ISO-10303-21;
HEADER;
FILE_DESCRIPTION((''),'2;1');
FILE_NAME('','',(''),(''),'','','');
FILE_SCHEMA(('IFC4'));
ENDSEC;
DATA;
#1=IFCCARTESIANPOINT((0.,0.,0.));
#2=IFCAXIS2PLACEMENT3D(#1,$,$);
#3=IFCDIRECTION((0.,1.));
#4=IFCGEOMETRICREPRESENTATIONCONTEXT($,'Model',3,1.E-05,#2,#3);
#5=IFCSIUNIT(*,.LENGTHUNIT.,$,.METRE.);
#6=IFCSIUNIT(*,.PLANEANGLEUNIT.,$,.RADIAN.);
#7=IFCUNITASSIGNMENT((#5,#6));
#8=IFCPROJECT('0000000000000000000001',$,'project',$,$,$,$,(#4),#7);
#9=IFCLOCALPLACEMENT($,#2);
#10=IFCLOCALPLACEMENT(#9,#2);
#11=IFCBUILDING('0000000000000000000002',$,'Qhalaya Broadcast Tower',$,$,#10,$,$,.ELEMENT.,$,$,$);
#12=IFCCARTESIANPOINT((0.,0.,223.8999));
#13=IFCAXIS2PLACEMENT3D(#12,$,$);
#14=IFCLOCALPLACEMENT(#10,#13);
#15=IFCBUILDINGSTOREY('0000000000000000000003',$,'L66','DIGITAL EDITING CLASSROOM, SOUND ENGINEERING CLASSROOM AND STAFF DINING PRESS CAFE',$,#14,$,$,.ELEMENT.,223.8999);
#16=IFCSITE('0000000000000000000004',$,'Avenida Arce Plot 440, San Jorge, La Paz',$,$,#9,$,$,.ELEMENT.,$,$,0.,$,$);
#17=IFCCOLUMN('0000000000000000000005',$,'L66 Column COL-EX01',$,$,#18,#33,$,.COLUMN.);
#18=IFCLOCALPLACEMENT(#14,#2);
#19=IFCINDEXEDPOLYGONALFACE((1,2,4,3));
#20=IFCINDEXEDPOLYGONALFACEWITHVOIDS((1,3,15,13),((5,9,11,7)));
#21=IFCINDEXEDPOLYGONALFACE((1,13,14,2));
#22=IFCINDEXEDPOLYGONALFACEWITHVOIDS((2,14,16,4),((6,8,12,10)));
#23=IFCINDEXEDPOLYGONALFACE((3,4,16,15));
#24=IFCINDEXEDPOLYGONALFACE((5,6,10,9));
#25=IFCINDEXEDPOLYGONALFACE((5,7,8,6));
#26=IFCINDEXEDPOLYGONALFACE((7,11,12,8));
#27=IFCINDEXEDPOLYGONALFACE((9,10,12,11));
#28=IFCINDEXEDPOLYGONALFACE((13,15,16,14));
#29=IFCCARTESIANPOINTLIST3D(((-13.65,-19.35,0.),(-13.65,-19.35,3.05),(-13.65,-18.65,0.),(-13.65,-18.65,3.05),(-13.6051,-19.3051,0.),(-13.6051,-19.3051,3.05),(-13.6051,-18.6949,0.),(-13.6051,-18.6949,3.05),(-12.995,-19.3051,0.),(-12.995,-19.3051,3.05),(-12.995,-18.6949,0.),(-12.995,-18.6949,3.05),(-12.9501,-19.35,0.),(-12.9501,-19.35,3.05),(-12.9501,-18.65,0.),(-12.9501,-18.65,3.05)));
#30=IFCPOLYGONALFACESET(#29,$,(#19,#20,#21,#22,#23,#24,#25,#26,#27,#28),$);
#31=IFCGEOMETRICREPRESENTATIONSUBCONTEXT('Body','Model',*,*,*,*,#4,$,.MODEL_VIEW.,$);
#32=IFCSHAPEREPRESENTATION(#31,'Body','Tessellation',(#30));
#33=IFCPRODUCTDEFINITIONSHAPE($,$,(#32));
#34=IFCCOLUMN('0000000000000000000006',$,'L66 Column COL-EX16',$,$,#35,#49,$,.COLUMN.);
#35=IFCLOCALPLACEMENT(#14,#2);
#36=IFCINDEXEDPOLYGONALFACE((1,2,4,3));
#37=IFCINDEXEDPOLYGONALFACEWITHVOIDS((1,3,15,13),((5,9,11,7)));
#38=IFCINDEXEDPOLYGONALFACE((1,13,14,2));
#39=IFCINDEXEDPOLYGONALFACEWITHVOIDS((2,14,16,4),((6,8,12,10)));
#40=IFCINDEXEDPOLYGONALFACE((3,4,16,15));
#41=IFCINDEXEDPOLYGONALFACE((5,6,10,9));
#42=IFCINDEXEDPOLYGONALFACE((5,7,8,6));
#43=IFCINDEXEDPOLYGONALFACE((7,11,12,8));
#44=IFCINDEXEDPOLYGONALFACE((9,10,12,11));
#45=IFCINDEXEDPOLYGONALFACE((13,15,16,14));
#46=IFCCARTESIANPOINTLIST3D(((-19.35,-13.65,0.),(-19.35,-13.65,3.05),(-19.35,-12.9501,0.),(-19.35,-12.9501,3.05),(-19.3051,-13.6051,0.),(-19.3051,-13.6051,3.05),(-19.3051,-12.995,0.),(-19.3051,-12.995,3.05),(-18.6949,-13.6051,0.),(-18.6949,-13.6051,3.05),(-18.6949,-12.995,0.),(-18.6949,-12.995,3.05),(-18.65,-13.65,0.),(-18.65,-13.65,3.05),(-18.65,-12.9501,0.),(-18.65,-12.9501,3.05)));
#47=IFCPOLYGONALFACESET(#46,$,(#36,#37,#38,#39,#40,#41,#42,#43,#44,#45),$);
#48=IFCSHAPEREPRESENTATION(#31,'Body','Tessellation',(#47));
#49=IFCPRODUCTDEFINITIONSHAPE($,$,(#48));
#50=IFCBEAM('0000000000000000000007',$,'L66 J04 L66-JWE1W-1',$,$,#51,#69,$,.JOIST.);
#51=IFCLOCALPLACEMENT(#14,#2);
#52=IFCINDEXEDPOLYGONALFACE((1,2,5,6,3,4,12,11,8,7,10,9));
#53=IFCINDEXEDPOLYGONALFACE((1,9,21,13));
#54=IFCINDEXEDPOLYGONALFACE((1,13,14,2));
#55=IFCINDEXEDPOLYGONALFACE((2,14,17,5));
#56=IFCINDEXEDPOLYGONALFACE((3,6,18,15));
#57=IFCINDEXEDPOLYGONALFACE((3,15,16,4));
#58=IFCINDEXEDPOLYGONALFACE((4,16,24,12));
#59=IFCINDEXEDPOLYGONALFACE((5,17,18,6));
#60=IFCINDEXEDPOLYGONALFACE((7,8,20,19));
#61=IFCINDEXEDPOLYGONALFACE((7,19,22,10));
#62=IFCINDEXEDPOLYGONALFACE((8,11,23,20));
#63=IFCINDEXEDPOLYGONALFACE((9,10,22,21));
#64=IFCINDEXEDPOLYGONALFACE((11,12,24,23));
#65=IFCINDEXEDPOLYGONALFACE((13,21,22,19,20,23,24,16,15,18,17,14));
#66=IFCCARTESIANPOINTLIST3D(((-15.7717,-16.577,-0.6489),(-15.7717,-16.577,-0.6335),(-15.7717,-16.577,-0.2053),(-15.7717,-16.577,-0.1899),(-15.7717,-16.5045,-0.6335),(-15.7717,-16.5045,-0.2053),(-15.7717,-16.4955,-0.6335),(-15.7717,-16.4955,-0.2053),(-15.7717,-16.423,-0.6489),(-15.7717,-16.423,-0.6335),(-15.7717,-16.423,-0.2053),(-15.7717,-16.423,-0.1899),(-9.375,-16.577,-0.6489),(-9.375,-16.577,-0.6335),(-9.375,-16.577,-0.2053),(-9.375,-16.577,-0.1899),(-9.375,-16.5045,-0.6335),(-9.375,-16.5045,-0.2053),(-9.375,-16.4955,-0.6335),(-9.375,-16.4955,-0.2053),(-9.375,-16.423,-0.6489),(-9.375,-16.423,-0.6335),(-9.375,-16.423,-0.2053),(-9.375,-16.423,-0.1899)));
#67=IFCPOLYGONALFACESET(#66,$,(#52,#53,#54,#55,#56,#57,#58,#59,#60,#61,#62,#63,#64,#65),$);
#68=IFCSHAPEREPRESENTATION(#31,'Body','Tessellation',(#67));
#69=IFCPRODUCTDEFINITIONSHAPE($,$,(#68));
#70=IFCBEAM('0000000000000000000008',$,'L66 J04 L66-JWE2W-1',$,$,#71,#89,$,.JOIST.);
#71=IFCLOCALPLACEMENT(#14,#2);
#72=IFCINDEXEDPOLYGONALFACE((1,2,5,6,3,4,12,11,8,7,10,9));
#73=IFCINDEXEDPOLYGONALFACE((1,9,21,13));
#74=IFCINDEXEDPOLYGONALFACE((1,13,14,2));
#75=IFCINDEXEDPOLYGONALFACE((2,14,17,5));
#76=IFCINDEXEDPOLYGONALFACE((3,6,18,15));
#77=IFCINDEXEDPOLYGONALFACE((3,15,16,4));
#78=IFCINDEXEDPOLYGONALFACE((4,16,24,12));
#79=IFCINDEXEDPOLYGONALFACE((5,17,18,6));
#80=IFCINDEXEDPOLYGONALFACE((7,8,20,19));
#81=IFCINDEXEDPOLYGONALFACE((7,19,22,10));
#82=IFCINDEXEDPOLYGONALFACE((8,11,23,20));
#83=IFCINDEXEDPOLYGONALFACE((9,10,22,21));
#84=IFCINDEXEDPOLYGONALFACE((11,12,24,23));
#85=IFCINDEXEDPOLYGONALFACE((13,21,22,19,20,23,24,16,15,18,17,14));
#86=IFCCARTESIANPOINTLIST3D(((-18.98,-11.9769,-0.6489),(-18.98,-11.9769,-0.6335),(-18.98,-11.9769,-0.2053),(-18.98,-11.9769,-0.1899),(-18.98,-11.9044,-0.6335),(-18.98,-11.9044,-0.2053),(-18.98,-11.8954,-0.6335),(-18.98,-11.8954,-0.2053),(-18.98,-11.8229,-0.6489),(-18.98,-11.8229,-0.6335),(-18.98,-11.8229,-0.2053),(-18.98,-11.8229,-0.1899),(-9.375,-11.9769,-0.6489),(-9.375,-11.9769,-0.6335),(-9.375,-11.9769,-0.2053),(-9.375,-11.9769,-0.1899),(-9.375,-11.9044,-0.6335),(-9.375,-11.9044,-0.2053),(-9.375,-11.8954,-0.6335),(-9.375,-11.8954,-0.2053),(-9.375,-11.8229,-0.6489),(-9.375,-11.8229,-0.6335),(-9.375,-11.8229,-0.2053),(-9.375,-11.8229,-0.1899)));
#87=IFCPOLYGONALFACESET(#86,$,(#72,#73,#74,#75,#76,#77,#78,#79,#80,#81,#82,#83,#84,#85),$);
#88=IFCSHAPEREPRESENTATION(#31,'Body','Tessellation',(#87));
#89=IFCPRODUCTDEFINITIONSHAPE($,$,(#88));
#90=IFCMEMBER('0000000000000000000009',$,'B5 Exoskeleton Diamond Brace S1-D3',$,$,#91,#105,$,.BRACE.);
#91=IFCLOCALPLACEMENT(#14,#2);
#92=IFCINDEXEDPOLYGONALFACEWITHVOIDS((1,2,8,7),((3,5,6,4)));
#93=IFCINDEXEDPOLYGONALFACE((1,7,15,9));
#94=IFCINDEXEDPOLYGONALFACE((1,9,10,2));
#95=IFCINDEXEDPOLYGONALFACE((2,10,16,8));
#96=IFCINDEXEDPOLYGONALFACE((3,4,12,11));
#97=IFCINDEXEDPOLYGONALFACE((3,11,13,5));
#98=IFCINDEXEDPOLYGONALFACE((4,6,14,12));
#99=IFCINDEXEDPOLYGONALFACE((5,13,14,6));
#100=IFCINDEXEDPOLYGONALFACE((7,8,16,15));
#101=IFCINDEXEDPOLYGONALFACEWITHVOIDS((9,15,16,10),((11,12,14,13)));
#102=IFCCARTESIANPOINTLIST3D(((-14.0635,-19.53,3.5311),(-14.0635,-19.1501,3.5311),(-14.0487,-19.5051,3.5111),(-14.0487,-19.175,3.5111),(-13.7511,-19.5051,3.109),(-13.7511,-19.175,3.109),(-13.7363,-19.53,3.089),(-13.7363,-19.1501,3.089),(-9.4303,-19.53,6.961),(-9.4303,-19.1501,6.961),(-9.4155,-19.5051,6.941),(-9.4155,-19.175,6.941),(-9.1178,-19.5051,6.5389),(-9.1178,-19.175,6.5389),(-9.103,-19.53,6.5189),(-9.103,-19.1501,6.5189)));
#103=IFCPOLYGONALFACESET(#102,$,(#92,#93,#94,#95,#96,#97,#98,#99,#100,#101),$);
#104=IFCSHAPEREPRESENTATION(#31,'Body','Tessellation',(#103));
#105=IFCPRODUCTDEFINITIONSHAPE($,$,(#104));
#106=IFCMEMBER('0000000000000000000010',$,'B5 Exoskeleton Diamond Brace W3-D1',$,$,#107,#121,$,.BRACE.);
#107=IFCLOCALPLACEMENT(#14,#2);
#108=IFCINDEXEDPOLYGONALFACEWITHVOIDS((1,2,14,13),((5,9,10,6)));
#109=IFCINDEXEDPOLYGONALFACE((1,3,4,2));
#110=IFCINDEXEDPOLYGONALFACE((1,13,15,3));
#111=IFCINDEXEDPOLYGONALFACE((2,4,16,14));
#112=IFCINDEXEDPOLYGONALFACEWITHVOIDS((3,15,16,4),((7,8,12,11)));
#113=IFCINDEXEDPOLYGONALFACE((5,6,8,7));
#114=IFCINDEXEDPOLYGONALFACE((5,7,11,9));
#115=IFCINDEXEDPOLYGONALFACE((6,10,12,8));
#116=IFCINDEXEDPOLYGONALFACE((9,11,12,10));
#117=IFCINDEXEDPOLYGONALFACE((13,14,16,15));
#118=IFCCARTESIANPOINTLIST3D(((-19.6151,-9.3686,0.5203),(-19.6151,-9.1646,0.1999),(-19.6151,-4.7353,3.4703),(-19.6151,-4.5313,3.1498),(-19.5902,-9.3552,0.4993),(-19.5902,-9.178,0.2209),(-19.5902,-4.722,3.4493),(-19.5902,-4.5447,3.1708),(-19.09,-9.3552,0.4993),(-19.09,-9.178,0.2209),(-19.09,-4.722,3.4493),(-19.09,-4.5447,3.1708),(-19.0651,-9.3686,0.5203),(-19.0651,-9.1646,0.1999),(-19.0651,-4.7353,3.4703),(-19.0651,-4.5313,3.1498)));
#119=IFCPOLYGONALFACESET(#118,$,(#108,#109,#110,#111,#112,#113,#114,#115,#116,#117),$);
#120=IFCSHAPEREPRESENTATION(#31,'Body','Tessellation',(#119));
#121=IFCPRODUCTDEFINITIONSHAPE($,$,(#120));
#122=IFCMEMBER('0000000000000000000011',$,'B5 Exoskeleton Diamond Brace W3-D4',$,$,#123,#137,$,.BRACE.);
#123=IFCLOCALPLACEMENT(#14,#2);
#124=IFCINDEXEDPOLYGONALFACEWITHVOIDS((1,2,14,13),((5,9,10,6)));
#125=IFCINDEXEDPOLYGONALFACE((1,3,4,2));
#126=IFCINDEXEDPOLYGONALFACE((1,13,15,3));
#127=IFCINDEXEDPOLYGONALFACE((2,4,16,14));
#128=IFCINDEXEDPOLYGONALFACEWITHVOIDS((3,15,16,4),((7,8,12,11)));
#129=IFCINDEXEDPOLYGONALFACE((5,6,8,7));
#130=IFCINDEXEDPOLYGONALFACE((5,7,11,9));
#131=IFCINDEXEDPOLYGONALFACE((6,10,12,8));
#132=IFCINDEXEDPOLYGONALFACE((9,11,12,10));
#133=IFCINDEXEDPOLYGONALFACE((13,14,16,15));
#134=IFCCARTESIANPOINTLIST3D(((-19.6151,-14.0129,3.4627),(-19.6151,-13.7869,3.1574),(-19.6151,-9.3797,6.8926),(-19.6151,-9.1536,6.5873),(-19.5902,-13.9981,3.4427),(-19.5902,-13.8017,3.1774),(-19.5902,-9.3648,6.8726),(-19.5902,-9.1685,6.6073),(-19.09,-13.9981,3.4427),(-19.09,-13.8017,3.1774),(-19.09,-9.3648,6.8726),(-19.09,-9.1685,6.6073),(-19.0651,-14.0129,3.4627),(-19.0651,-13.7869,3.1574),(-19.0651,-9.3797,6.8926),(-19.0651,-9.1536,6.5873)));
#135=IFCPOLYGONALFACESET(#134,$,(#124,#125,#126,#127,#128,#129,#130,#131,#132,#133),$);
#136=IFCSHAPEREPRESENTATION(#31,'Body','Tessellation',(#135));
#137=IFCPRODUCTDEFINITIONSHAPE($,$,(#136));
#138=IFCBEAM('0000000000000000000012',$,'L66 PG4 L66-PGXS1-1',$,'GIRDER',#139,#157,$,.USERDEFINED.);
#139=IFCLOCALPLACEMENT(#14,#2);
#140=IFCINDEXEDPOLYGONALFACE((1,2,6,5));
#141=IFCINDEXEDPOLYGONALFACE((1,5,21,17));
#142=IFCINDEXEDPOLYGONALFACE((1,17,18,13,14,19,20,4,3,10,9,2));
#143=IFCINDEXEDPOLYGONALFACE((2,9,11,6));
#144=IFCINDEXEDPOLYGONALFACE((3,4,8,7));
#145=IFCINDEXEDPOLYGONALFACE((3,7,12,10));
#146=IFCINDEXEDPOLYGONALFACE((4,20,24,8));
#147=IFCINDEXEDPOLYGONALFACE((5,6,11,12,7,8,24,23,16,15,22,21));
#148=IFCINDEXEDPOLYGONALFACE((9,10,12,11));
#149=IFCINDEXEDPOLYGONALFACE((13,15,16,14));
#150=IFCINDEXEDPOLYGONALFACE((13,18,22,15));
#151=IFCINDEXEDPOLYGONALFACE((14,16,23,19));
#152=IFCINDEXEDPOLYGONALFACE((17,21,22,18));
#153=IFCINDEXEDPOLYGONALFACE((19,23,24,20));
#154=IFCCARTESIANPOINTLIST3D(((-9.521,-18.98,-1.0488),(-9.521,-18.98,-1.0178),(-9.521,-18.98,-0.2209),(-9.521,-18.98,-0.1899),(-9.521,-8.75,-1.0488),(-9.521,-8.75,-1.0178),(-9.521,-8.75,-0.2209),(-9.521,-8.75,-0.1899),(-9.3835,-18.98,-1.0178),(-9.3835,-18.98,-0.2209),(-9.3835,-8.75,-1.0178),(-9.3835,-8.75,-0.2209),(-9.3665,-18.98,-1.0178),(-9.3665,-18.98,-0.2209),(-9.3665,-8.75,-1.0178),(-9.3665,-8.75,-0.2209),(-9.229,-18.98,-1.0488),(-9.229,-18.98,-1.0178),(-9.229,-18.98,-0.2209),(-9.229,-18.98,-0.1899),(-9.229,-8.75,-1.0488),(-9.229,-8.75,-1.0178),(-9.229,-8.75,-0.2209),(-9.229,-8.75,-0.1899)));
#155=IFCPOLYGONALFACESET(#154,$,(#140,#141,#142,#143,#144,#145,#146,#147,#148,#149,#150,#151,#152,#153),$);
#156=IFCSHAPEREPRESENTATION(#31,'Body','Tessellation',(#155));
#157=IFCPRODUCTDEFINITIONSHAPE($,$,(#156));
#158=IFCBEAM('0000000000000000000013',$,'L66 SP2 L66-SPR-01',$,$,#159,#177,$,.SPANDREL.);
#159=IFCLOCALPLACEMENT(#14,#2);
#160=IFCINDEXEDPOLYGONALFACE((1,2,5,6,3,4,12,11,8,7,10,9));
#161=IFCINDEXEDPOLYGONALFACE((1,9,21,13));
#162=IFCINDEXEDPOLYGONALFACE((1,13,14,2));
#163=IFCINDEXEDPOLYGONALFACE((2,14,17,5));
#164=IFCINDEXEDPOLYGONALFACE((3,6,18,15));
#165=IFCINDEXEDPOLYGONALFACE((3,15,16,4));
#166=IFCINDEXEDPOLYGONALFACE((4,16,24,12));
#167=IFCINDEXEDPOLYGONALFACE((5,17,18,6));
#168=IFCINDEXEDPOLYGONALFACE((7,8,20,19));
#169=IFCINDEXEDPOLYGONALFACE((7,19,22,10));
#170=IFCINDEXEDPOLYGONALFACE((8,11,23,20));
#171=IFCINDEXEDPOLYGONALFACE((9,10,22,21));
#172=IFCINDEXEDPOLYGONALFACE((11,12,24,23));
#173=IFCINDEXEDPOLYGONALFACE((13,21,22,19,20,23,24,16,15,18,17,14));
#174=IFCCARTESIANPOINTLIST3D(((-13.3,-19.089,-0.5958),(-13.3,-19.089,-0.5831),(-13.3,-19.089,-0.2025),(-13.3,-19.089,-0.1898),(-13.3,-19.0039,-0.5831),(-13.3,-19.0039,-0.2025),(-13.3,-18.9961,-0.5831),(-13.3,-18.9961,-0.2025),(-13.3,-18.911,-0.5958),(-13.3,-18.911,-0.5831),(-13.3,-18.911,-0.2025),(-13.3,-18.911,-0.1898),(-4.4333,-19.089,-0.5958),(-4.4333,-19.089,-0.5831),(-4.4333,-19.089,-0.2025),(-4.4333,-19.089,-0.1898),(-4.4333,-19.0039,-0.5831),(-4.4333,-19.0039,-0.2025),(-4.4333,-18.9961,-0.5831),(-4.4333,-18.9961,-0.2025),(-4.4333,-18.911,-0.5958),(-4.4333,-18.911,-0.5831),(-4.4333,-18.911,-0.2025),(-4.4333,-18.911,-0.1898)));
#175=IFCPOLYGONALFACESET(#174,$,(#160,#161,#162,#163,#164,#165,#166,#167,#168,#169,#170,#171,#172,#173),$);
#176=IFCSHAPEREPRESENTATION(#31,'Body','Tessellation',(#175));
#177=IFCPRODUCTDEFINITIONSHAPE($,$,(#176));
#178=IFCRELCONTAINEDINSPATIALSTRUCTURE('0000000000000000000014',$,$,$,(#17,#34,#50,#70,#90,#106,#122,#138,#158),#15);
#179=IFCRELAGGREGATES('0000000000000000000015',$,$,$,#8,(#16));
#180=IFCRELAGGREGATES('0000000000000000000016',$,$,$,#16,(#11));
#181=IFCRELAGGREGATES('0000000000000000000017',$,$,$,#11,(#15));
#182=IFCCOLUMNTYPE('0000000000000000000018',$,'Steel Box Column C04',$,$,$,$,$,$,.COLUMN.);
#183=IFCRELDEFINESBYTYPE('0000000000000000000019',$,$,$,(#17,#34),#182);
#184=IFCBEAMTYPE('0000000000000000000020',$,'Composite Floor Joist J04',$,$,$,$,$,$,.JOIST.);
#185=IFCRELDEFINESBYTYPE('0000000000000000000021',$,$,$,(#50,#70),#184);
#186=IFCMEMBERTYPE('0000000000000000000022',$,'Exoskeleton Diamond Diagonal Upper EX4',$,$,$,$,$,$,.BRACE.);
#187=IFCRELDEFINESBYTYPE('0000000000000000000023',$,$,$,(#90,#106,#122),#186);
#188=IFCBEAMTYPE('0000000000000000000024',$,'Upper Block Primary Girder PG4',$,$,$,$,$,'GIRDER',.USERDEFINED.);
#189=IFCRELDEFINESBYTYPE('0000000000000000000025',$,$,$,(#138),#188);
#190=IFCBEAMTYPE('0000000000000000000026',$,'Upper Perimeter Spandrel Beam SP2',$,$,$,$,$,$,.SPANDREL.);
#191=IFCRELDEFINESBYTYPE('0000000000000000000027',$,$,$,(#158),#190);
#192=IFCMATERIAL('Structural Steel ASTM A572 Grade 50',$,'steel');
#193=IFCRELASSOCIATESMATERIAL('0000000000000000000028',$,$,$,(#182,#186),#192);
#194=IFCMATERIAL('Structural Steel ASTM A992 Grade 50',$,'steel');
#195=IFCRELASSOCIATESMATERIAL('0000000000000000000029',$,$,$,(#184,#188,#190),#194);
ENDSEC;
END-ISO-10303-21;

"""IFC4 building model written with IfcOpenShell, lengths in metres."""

from ifc_helpers import new_model, si_unit, direction, frame, origin, origin_2d, place, context, subcontext, project, spatial, hollow_rectangle, i_section, extrude, material, material_profile, profile_set, type_object, element, save


model = new_model("IFC4")

# Units and contexts
model_context = context("Model", 3, precision=1e-05, world=origin(), true_north=direction((0.0, 1.0)))
body_context = subcontext(model_context, "Body", "Model", "MODEL_VIEW")
ifc_project = project(units=[si_unit("LENGTHUNIT", "METRE"), si_unit("PLANEANGLEUNIT", "RADIAN")], contexts=[model_context])

# Site, building, storey
site_placement = place(None, origin())
site = spatial("IfcSite", under=ifc_project, at=site_placement, Name="Avenida Arce Plot 440, San Jorge, La Paz", CompositionType="ELEMENT", RefElevation=0.0)
building_placement = place(site_placement, origin())
building = spatial("IfcBuilding", under=site, at=building_placement, Name="Qhalaya Broadcast Tower", CompositionType="ELEMENT")
storey_placement = place(building_placement, frame((0.0, 0.0, 223.8999)))
storey = spatial("IfcBuildingStorey", under=building, at=storey_placement, Name="L66", Description="DIGITAL EDITING CLASSROOM, SOUND ENGINEERING CLASSROOM AND STAFF DINING PRESS CAFE", CompositionType="ELEMENT", Elevation=223.8999)

# Columns
ifc_material_1 = material(Name="Structural Steel ASTM A572 Grade 50", Category="steel")
ifc_material_profile_1 = material_profile(ifc_material_1, hollow_rectangle(XDim=0.7, YDim=0.7, WallThickness=0.0449, at=origin_2d()), Name="BOX 700x700x45")
ifc_profile_set_1 = profile_set([ifc_material_profile_1], Name="Structural Steel ASTM A572 Grade 50")
column_type = type_object("IfcColumnType", Name="Steel Box Column C04", PredefinedType="COLUMN", material=ifc_profile_set_1)
for number, where, z_axis, x_axis, name in (
    (1, (-13.3, -19.0, 0.0), (0.0, 0.0, 1.0), (1.0, 0.0, 0.0), "L66 Column COL-EX01"),
    (2, (-19.0, -13.3, 0.0), (0.0, 0.0, 1.0), (0.0, 1.0, 0.0), "L66 Column COL-EX16"),
):
    element("IfcColumn", number, at=place(storey_placement, frame(where, z_axis=z_axis, x_axis=x_axis)), inside=storey, type_object=column_type, Name=name, PredefinedType="COLUMN", context=body_context, shape_type="SweptSolid", body=[
        extrude(hollow_rectangle(XDim=0.7, YDim=0.7, WallThickness=0.0449, at=origin_2d()), origin(), (0.0, 0.0, 1.0), 3.05),
    ])

# Beams
ifc_material_2 = material(Name="Structural Steel ASTM A992 Grade 50", Category="steel")
ifc_material_profile_2 = material_profile(ifc_material_2, i_section(OverallWidth=0.1541, OverallDepth=0.459, WebThickness=0.009, FlangeThickness=0.0154, at=origin_2d()), Name="W18X46")
ifc_profile_set_2 = profile_set([ifc_material_profile_2], Name="Structural Steel ASTM A992 Grade 50")
beam_type_1 = type_object("IfcBeamType", Name="Composite Floor Joist J04", PredefinedType="JOIST", material=ifc_profile_set_2)
beam_1_placement = place(storey_placement, frame((-15.7717, -16.5, -0.4194), z_axis=(1.0, 0.0, 0.0), x_axis=(0.0, 1.0, 0.0)))
element("IfcBeam", 3, at=beam_1_placement, inside=storey, type_object=beam_type_1, Name="L66 J04 L66-JWE1W-1", PredefinedType="JOIST", context=body_context, shape_type="SweptSolid", body=[
    extrude(i_section(OverallWidth=0.1541, OverallDepth=0.459, WebThickness=0.009, FlangeThickness=0.0154, at=origin_2d()), origin(), (0.0, 0.0, 1.0), 6.3967),
])
beam_2_placement = place(storey_placement, frame((-18.98, -11.8999, -0.4194), z_axis=(1.0, 0.0, 0.0), x_axis=(0.0, 1.0, 0.0)))
element("IfcBeam", 4, at=beam_2_placement, inside=storey, type_object=beam_type_1, Name="L66 J04 L66-JWE2W-1", PredefinedType="JOIST", context=body_context, shape_type="SweptSolid", body=[
    extrude(i_section(OverallWidth=0.1541, OverallDepth=0.459, WebThickness=0.009, FlangeThickness=0.0154, at=origin_2d()), origin(), (0.0, 0.0, 1.0), 9.605),
])

# Members
ifc_material_profile_3 = material_profile(ifc_material_1, hollow_rectangle(XDim=0.3799, YDim=0.55, WallThickness=0.0249, at=origin_2d()), Name="BOX 380x550x25")
ifc_profile_set_3 = profile_set([ifc_material_profile_3], Name="Structural Steel ASTM A572 Grade 50")
member_type = type_object("IfcMemberType", Name="Exoskeleton Diamond Diagonal Upper EX4", PredefinedType="BRACE", material=ifc_profile_set_3)
member_1_placement = place(storey_placement, frame((-13.8999, -19.3401, 3.3101), z_axis=(0.803735, 0.0, 0.594987), x_axis=(0.0, 1.0, 0.0)))
element("IfcMember", 5, at=member_1_placement, inside=storey, type_object=member_type, Name="B5 Exoskeleton Diamond Brace S1-D3", PredefinedType="BRACE", context=body_context, shape_type="SweptSolid", body=[
    extrude(hollow_rectangle(XDim=0.3799, YDim=0.55, WallThickness=0.0249, at=origin_2d()), origin(), (0.0, 0.0, 1.0), 5.7646),
])
member_2_placement = place(storey_placement, frame((-19.3401, -9.2666, 0.3601), z_axis=(0.0, 0.843539, 0.537068), x_axis=(0.0, -0.537068, 0.843539)))
element("IfcMember", 6, at=member_2_placement, inside=storey, type_object=member_type, Name="B5 Exoskeleton Diamond Brace W3-D1", PredefinedType="BRACE", context=body_context, shape_type="SweptSolid", body=[
    extrude(hollow_rectangle(XDim=0.3799, YDim=0.55, WallThickness=0.0249, at=origin_2d()), origin(), (0.0, 0.0, 1.0), 5.4927),
])
member_3_placement = place(storey_placement, frame((-19.3401, -13.8999, 3.3101), z_axis=(0.0, 0.803735, 0.594987), x_axis=(0.0, -0.594987, 0.803735)))
element("IfcMember", 7, at=member_3_placement, inside=storey, type_object=member_type, Name="B5 Exoskeleton Diamond Brace W3-D4", PredefinedType="BRACE", context=body_context, shape_type="SweptSolid", body=[
    extrude(hollow_rectangle(XDim=0.3799, YDim=0.55, WallThickness=0.0249, at=origin_2d()), origin(), (0.0, 0.0, 1.0), 5.7646),
])

# Beams
ifc_material_profile_4 = material_profile(ifc_material_2, i_section(OverallWidth=0.292, OverallDepth=0.8589, WebThickness=0.0171, FlangeThickness=0.031, at=origin_2d()), Name="W33X169")
ifc_profile_set_4 = profile_set([ifc_material_profile_4], Name="Structural Steel ASTM A992 Grade 50")
beam_type_2 = type_object("IfcBeamType", Name="Upper Block Primary Girder PG4", ElementType="GIRDER", PredefinedType="USERDEFINED", material=ifc_profile_set_4)
beam_3_placement = place(storey_placement, frame((-9.375, -18.98, -0.6194), z_axis=(0.0, 1.0, 0.0), x_axis=(-1.0, 0.0, 0.0)))
element("IfcBeam", 8, at=beam_3_placement, inside=storey, type_object=beam_type_2, Name="L66 PG4 L66-PGXS1-1", ObjectType="GIRDER", PredefinedType="USERDEFINED", context=body_context, shape_type="SweptSolid", body=[
    extrude(i_section(OverallWidth=0.292, OverallDepth=0.8589, WebThickness=0.0171, FlangeThickness=0.031, at=origin_2d()), origin(), (0.0, 0.0, 1.0), 10.23),
])
ifc_material_profile_5 = material_profile(ifc_material_2, i_section(OverallWidth=0.178, OverallDepth=0.406, WebThickness=0.0078, FlangeThickness=0.0127, at=origin_2d()), Name="W16X40")
ifc_profile_set_5 = profile_set([ifc_material_profile_5], Name="Structural Steel ASTM A992 Grade 50")
beam_type_3 = type_object("IfcBeamType", Name="Upper Perimeter Spandrel Beam SP2", PredefinedType="SPANDREL", material=ifc_profile_set_5)
beam_4_placement = place(storey_placement, frame((-13.3, -19.0, -0.3928), z_axis=(1.0, 0.0, 0.0), x_axis=(0.0, 1.0, 0.0)))
element("IfcBeam", 9, at=beam_4_placement, inside=storey, type_object=beam_type_3, Name="L66 SP2 L66-SPR-01", PredefinedType="SPANDREL", context=body_context, shape_type="SweptSolid", body=[
    extrude(i_section(OverallWidth=0.178, OverallDepth=0.406, WebThickness=0.0078, FlangeThickness=0.0127, at=origin_2d()), origin(), (0.0, 0.0, 1.0), 8.8667),
])

save(model, "model.ifc")
